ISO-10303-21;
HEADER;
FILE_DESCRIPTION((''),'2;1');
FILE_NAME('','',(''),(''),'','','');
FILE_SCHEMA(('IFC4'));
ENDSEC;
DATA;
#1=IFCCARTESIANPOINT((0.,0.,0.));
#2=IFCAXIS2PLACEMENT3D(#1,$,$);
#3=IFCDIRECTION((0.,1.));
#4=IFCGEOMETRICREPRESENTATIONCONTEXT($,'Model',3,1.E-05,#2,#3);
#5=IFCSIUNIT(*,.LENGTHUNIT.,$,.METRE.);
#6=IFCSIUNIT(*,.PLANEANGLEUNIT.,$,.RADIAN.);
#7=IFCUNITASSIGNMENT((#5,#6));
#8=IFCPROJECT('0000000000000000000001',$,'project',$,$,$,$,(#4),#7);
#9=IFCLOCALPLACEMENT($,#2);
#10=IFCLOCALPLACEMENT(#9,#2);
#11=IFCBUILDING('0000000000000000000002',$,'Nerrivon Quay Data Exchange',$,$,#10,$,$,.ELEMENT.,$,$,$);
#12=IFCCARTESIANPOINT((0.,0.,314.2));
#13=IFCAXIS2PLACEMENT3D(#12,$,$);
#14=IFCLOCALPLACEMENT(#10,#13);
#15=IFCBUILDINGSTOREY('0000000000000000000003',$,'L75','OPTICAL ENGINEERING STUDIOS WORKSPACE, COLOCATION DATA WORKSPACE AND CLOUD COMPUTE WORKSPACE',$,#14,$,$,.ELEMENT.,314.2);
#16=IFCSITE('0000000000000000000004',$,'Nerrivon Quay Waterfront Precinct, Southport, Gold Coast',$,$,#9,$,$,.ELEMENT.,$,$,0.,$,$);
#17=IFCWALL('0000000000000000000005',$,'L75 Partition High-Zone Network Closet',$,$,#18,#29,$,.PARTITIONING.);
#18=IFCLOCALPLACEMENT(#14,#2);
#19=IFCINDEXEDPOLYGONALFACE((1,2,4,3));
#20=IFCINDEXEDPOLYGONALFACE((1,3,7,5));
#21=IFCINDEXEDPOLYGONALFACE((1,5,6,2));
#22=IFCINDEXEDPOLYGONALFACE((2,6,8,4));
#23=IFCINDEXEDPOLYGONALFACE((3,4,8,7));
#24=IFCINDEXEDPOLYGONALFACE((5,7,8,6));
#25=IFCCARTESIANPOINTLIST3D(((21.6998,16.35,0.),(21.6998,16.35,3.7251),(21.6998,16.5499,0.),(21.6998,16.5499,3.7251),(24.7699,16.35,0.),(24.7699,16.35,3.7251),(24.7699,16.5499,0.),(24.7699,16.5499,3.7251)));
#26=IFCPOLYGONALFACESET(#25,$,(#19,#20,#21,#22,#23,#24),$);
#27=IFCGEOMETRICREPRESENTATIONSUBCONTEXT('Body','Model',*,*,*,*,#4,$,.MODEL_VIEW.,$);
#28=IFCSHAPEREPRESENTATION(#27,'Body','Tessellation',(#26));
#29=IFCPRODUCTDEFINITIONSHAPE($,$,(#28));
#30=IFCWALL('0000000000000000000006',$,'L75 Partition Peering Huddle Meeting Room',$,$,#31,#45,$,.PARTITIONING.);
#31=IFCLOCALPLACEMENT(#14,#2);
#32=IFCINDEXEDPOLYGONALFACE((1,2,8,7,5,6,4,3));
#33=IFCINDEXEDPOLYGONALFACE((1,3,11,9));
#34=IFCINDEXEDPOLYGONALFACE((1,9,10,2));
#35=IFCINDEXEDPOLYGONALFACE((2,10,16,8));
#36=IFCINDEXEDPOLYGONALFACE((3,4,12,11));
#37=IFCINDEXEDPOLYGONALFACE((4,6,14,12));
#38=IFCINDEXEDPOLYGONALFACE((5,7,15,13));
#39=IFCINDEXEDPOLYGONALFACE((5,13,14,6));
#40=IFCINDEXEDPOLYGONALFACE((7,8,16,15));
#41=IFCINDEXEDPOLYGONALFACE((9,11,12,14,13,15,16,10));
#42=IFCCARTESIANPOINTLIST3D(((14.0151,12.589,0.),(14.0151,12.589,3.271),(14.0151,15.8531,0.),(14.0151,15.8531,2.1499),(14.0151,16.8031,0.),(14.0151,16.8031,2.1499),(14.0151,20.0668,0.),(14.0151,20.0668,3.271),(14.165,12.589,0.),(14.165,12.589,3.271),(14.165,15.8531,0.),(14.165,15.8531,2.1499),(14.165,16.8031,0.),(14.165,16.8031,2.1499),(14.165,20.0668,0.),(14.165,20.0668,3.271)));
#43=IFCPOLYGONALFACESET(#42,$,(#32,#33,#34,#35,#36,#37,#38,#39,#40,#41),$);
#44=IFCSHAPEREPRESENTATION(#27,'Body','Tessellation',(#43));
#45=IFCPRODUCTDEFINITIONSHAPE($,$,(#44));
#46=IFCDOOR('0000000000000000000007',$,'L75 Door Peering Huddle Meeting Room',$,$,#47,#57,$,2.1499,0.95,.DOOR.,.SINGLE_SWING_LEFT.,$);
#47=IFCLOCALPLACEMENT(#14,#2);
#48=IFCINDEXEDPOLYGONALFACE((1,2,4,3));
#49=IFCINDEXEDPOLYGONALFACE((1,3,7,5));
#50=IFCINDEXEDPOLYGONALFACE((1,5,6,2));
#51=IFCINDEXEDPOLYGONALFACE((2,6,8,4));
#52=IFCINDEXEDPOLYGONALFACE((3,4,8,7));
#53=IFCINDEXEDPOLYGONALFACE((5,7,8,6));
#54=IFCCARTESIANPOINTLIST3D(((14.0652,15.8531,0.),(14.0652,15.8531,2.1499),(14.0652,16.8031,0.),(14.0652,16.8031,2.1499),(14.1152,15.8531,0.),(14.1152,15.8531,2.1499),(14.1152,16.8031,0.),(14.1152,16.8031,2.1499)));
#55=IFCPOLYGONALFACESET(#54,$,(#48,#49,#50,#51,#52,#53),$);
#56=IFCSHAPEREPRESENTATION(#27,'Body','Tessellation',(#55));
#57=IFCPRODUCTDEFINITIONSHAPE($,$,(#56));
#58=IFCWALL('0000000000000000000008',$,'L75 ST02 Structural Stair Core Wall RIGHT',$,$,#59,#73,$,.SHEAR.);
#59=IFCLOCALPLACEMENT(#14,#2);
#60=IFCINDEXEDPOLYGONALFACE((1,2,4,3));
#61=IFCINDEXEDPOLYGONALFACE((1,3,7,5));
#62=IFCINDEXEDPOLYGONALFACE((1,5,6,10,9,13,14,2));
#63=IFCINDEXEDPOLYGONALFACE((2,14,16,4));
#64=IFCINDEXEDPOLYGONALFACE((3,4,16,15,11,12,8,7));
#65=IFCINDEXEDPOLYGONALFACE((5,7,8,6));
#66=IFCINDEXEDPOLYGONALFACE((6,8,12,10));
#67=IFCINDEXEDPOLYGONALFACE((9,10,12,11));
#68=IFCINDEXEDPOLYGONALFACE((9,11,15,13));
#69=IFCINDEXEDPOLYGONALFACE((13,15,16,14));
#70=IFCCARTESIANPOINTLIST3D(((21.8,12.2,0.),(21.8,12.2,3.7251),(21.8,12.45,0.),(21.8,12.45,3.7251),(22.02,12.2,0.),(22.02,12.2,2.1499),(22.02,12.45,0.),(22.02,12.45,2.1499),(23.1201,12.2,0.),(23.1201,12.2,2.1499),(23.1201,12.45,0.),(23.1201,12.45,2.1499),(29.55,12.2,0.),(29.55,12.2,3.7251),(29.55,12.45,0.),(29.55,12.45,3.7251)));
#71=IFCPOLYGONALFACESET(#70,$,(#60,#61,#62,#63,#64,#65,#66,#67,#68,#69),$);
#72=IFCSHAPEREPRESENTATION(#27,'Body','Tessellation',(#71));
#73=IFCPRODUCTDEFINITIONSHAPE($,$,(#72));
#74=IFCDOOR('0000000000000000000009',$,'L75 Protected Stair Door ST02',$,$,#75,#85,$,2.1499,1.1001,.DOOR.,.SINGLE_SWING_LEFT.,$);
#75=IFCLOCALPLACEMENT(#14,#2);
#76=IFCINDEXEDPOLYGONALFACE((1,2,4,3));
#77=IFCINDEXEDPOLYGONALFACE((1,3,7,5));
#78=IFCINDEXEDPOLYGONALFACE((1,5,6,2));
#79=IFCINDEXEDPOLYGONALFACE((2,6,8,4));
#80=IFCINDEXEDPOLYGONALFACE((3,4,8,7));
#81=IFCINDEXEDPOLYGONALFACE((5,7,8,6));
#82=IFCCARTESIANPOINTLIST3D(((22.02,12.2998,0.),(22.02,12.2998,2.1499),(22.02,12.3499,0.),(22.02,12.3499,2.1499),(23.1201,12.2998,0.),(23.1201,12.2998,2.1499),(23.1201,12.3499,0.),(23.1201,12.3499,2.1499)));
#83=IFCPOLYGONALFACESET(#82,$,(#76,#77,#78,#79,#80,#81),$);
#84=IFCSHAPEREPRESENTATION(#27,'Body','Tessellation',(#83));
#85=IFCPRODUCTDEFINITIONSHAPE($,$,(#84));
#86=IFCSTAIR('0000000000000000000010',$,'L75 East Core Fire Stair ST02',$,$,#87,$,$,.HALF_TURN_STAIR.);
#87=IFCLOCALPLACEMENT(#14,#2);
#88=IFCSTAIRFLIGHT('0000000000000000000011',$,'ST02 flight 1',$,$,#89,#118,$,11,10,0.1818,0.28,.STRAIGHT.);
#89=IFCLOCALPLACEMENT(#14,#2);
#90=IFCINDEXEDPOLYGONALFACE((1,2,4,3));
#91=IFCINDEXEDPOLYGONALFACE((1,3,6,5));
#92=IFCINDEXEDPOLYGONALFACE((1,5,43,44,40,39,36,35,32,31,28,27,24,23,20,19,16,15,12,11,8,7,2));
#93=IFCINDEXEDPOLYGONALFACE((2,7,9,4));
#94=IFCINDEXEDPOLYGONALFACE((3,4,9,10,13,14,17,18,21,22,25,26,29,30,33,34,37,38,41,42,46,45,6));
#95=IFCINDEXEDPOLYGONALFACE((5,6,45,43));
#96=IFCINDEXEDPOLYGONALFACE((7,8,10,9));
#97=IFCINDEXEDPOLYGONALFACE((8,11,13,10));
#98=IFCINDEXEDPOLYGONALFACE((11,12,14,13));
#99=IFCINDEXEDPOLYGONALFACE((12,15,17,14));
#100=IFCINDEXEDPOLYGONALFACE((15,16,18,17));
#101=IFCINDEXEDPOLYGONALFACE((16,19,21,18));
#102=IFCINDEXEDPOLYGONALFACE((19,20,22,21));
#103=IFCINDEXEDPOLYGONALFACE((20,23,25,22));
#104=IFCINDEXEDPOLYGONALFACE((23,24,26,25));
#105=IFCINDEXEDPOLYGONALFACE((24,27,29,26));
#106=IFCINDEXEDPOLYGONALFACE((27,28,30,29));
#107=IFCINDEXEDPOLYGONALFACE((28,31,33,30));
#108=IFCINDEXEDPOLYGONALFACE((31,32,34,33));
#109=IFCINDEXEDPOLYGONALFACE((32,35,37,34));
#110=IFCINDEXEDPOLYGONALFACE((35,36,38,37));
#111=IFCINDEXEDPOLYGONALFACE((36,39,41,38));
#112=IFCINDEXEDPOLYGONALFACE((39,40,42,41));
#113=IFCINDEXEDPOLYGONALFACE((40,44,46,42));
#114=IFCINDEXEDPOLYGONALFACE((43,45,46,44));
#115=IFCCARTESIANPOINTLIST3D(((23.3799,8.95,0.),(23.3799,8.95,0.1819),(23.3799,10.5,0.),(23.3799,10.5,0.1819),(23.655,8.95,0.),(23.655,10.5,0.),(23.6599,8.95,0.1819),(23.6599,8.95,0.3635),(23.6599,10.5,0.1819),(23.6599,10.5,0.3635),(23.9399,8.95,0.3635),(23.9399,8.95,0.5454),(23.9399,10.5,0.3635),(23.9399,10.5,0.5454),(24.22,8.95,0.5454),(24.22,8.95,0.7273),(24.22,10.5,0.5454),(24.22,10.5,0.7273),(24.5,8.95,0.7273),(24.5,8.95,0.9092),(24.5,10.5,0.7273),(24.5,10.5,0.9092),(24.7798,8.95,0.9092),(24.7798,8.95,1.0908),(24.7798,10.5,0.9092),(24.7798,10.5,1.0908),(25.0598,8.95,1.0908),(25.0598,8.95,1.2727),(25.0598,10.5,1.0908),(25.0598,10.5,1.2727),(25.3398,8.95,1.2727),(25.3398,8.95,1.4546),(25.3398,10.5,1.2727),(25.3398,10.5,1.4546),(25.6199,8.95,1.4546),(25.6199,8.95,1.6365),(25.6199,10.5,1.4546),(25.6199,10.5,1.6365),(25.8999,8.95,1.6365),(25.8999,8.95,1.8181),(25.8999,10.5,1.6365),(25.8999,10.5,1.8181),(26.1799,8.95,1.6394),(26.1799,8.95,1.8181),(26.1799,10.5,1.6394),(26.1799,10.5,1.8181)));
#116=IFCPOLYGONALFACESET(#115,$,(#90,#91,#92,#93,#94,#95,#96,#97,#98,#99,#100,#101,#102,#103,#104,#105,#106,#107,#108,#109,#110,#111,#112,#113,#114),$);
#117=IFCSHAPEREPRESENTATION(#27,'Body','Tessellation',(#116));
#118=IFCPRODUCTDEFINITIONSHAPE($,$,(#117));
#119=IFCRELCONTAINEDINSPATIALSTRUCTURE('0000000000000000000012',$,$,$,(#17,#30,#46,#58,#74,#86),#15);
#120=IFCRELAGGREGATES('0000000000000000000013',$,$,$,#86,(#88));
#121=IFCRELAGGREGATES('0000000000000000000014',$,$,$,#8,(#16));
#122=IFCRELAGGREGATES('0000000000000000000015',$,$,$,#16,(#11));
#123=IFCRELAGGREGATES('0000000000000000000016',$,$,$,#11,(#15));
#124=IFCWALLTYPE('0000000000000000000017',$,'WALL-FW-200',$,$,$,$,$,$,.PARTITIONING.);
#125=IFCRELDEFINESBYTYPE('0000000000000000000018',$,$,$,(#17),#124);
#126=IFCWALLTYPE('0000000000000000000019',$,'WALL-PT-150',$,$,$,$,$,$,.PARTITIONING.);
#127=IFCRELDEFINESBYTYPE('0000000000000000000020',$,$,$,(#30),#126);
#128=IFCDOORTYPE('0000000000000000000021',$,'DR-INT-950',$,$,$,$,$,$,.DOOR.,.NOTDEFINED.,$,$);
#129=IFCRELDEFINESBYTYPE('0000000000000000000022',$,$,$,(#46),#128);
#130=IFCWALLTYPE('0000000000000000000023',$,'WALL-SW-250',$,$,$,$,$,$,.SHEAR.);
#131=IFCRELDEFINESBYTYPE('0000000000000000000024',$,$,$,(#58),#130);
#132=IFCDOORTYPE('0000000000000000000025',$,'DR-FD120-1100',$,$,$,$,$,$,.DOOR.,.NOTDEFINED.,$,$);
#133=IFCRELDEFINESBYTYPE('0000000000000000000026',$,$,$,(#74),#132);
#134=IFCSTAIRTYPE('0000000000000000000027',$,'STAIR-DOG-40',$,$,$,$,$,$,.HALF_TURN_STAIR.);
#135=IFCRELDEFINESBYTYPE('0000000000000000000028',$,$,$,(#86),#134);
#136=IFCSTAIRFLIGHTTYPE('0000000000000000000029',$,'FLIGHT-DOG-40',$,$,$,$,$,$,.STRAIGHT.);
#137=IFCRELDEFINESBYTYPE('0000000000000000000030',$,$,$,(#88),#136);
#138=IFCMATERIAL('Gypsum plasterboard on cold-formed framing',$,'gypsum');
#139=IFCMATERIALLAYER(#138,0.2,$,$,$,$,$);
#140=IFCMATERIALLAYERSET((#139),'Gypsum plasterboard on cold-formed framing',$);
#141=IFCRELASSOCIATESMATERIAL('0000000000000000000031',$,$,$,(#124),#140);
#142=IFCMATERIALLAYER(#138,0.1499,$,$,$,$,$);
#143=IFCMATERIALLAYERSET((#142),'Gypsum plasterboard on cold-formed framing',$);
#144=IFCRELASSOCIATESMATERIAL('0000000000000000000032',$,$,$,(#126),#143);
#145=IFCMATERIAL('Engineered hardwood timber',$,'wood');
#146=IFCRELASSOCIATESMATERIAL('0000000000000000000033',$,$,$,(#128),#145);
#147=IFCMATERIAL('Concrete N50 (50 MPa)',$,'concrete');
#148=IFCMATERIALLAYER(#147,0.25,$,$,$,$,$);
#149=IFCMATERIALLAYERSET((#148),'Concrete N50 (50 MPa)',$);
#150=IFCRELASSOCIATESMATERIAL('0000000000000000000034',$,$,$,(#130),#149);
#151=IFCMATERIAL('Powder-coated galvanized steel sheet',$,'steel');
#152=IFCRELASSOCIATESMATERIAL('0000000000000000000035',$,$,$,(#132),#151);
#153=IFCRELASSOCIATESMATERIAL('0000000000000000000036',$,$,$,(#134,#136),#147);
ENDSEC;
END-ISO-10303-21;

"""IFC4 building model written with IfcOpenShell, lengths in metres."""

from ifc_helpers import new_model, si_unit, direction, frame, frame_2d, origin, place, context, subcontext, project, spatial, polyline, rectangle, outline, extrude, material, layer, layer_set, type_object, element, fill, aggregate, save


model = new_model("IFC4")

# Units and contexts
model_context = context("Model", 3, precision=1e-05, world=origin(), true_north=direction((0.0, 1.0)))
body_context = subcontext(model_context, "Body", "Model", "MODEL_VIEW")
ifc_project = project(units=[si_unit("LENGTHUNIT", "METRE"), si_unit("PLANEANGLEUNIT", "RADIAN")], contexts=[model_context])

# Site, building, storey
site_placement = place(None, origin())
site = spatial("IfcSite", under=ifc_project, at=site_placement, Name="Nerrivon Quay Waterfront Precinct, Southport, Gold Coast", CompositionType="ELEMENT", RefElevation=0.0)
building_placement = place(site_placement, origin())
building = spatial("IfcBuilding", under=site, at=building_placement, Name="Nerrivon Quay Data Exchange", CompositionType="ELEMENT")
storey_placement = place(building_placement, frame((0.0, 0.0, 314.2)))
storey = spatial("IfcBuildingStorey", under=building, at=storey_placement, Name="L75", Description="OPTICAL ENGINEERING STUDIOS WORKSPACE, COLOCATION DATA WORKSPACE AND CLOUD COMPUTE WORKSPACE", CompositionType="ELEMENT", Elevation=314.2)

# Shared definitions
ifc_material_1 = material(Name="Concrete N50 (50 MPa)", Category="concrete")

# Shared definitions
ifc_material_2 = material(Name="Gypsum plasterboard on cold-formed framing", Category="gypsum")
ifc_layer_1 = layer(ifc_material_2, 0.2)
ifc_layer_set_1 = layer_set([ifc_layer_1], Name="Gypsum plasterboard on cold-formed framing")
wall_type_1 = type_object("IfcWallType", Name="WALL-FW-200", PredefinedType="PARTITIONING", material=ifc_layer_set_1)

# Shared definitions
ifc_material_3 = material(Name="Powder-coated galvanized steel sheet", Category="steel")

# Shared definitions
ifc_material_4 = material(Name="Engineered hardwood timber", Category="wood")

# Wall
wall_1_placement = place(storey_placement, frame((24.77, 16.45, 0.0), z_axis=(0.0, 0.0, 1.0), x_axis=(-1.0, 0.0, 0.0)))
element("IfcWall", 1, at=wall_1_placement, inside=storey, type_object=wall_type_1, Name="L75 Partition High-Zone Network Closet", PredefinedType="PARTITIONING", context=body_context, shape_type="SweptSolid", body=[
    extrude(rectangle(XDim=3.0701, YDim=0.2, at=frame_2d((1.5352, 0.0))), origin(), (0.0, 0.0, 1.0), 3.7251),
])

# Walls, openings, doors
ifc_layer_2 = layer(ifc_material_2, 0.1499)
ifc_layer_set_2 = layer_set([ifc_layer_2], Name="Gypsum plasterboard on cold-formed framing")
wall_type_2 = type_object("IfcWallType", Name="WALL-PT-150", PredefinedType="PARTITIONING", material=ifc_layer_set_2)
wall_2_placement = place(storey_placement, frame((14.0901, 12.5891, 0.0), z_axis=(0.0, 0.0, 1.0), x_axis=(0.0, 1.0, 0.0)))
wall_2 = element("IfcWall", 2, at=wall_2_placement, inside=storey, type_object=wall_type_2, Name="L75 Partition Peering Huddle Meeting Room", PredefinedType="PARTITIONING", context=body_context, shape_type="SweptSolid", body=[
    extrude(rectangle(XDim=7.4778, YDim=0.1499, at=frame_2d((3.7388, 0.0))), origin(), (0.0, 0.0, 1.0), 3.271),
])
opening_1_placement = place(wall_2_placement, frame((3.2639, 0.0, 0.0)))
opening_1 = element("IfcOpeningElement", 3, at=opening_1_placement, cuts=wall_2, PredefinedType="OPENING", context=body_context, shape_type="SweptSolid", body=[
    extrude(rectangle(XDim=0.95, YDim=2.1499, at=frame_2d((0.4751, 1.075))), frame((0.0, 0.085, 0.0), z_axis=(0.0, -1.0, 0.0), x_axis=(1.0, 0.0, 0.0)), (0.0, 0.0, 1.0), 0.1699),
])
door_type_1 = type_object("IfcDoorType", Name="DR-INT-950", OperationType="NOTDEFINED", PredefinedType="DOOR", material=ifc_material_4)
door_1_placement = place(opening_1_placement, origin())
door_1 = element("IfcDoor", 4, at=door_1_placement, inside=storey, type_object=door_type_1, Name="L75 Door Peering Huddle Meeting Room", OperationType="SINGLE_SWING_LEFT", OverallHeight=2.1499, OverallWidth=0.95, PredefinedType="DOOR", context=body_context, shape_type="SweptSolid", body=[
    extrude(rectangle(XDim=0.95, YDim=2.1499, at=frame_2d((0.4751, 1.075))), frame((0.0, 0.0249, 0.0), z_axis=(0.0, -1.0, 0.0), x_axis=(1.0, 0.0, 0.0)), (0.0, 0.0, 1.0), 0.05),
])
fill(opening_1, door_1)
ifc_layer_3 = layer(ifc_material_1, 0.25)
ifc_layer_set_3 = layer_set([ifc_layer_3], Name="Concrete N50 (50 MPa)")
wall_type_3 = type_object("IfcWallType", Name="WALL-SW-250", PredefinedType="SHEAR", material=ifc_layer_set_3)
wall_3_placement = place(storey_placement, frame((21.8, 12.325, 0.0), z_axis=(0.0, 0.0, 1.0), x_axis=(1.0, 0.0, 0.0)))
wall_3 = element("IfcWall", 5, at=wall_3_placement, inside=storey, type_object=wall_type_3, Name="L75 ST02 Structural Stair Core Wall RIGHT", PredefinedType="SHEAR", context=body_context, shape_type="SweptSolid", body=[
    extrude(rectangle(XDim=7.75, YDim=0.25, at=frame_2d((3.875, 0.0))), origin(), (0.0, 0.0, 1.0), 3.7251),
])
opening_2_placement = place(wall_3_placement, frame((0.22, 0.0, 0.0)))
opening_2 = element("IfcOpeningElement", 6, at=opening_2_placement, cuts=wall_3, PredefinedType="OPENING", context=body_context, shape_type="SweptSolid", body=[
    extrude(rectangle(XDim=1.1001, YDim=2.1499, at=frame_2d((0.55, 1.075))), frame((0.0, 0.135, 0.0), z_axis=(0.0, -1.0, 0.0), x_axis=(1.0, 0.0, 0.0)), (0.0, 0.0, 1.0), 0.27),
])
door_type_2 = type_object("IfcDoorType", Name="DR-FD120-1100", OperationType="NOTDEFINED", PredefinedType="DOOR", material=ifc_material_3)
door_2_placement = place(opening_2_placement, origin())
door_2 = element("IfcDoor", 7, at=door_2_placement, inside=storey, type_object=door_type_2, Name="L75 Protected Stair Door ST02", OperationType="SINGLE_SWING_LEFT", OverallHeight=2.1499, OverallWidth=1.1001, PredefinedType="DOOR", context=body_context, shape_type="SweptSolid", body=[
    extrude(rectangle(XDim=1.1001, YDim=2.1499, at=frame_2d((0.55, 1.075))), frame((0.0, 0.0249, 0.0), z_axis=(0.0, -1.0, 0.0), x_axis=(1.0, 0.0, 0.0)), (0.0, 0.0, 1.0), 0.05),
])
fill(opening_2, door_2)

# Stair, stair flight
stair_type = type_object("IfcStairType", Name="STAIR-DOG-40", PredefinedType="HALF_TURN_STAIR", material=ifc_material_1)
stair_placement = place(storey_placement, origin())
stair = element("IfcStair", 8, at=stair_placement, inside=storey, type_object=stair_type, Name="L75 East Core Fire Stair ST02", PredefinedType="HALF_TURN_STAIR")
stair_flight_type = type_object("IfcStairFlightType", Name="FLIGHT-DOG-40", PredefinedType="STRAIGHT", material=ifc_material_1)
stair_flight_placement = place(storey_placement, frame((23.3799, 9.7251, 0.0), z_axis=(0.0, 0.0, 1.0), x_axis=(1.0, 0.0, 0.0)))
stair_flight = element("IfcStairFlight", 9, at=stair_flight_placement, type_object=stair_flight_type, Name="ST02 flight 1", NumberOfRisers=11, NumberOfTreads=10, PredefinedType="STRAIGHT", RiserHeight=0.1818, TreadLength=0.28, context=body_context, shape_type="SweptSolid", body=[
    extrude(outline(polyline([(0.0, 0.0), (0.0, 0.1819), (0.28, 0.1819), (0.28, 0.3635), (0.5601, 0.3635), (0.5601, 0.5454), (0.8401, 0.5454), (0.8401, 0.7273), (1.1201, 0.7273), (1.1201, 0.9092), (1.3999, 0.9092), (1.3999, 1.0908), (1.6799, 1.0908), (1.6799, 1.2727), (1.96, 1.2727), (1.96, 1.4546), (2.24, 1.4546), (2.24, 1.6365), (2.52, 1.6365), (2.52, 1.8181), (2.8, 1.8181), (2.8, 2.0), (2.8, 1.6394), (0.2751, 0.0), (0.0, 0.0)])), frame((0.0, 0.7749, 0.0), z_axis=(0.0, -1.0, 0.0), x_axis=(1.0, 0.0, 0.0)), (0.0, 0.0, 1.0), 1.55),
])
aggregate(stair, [stair_flight])

save(model, "model.ifc")
